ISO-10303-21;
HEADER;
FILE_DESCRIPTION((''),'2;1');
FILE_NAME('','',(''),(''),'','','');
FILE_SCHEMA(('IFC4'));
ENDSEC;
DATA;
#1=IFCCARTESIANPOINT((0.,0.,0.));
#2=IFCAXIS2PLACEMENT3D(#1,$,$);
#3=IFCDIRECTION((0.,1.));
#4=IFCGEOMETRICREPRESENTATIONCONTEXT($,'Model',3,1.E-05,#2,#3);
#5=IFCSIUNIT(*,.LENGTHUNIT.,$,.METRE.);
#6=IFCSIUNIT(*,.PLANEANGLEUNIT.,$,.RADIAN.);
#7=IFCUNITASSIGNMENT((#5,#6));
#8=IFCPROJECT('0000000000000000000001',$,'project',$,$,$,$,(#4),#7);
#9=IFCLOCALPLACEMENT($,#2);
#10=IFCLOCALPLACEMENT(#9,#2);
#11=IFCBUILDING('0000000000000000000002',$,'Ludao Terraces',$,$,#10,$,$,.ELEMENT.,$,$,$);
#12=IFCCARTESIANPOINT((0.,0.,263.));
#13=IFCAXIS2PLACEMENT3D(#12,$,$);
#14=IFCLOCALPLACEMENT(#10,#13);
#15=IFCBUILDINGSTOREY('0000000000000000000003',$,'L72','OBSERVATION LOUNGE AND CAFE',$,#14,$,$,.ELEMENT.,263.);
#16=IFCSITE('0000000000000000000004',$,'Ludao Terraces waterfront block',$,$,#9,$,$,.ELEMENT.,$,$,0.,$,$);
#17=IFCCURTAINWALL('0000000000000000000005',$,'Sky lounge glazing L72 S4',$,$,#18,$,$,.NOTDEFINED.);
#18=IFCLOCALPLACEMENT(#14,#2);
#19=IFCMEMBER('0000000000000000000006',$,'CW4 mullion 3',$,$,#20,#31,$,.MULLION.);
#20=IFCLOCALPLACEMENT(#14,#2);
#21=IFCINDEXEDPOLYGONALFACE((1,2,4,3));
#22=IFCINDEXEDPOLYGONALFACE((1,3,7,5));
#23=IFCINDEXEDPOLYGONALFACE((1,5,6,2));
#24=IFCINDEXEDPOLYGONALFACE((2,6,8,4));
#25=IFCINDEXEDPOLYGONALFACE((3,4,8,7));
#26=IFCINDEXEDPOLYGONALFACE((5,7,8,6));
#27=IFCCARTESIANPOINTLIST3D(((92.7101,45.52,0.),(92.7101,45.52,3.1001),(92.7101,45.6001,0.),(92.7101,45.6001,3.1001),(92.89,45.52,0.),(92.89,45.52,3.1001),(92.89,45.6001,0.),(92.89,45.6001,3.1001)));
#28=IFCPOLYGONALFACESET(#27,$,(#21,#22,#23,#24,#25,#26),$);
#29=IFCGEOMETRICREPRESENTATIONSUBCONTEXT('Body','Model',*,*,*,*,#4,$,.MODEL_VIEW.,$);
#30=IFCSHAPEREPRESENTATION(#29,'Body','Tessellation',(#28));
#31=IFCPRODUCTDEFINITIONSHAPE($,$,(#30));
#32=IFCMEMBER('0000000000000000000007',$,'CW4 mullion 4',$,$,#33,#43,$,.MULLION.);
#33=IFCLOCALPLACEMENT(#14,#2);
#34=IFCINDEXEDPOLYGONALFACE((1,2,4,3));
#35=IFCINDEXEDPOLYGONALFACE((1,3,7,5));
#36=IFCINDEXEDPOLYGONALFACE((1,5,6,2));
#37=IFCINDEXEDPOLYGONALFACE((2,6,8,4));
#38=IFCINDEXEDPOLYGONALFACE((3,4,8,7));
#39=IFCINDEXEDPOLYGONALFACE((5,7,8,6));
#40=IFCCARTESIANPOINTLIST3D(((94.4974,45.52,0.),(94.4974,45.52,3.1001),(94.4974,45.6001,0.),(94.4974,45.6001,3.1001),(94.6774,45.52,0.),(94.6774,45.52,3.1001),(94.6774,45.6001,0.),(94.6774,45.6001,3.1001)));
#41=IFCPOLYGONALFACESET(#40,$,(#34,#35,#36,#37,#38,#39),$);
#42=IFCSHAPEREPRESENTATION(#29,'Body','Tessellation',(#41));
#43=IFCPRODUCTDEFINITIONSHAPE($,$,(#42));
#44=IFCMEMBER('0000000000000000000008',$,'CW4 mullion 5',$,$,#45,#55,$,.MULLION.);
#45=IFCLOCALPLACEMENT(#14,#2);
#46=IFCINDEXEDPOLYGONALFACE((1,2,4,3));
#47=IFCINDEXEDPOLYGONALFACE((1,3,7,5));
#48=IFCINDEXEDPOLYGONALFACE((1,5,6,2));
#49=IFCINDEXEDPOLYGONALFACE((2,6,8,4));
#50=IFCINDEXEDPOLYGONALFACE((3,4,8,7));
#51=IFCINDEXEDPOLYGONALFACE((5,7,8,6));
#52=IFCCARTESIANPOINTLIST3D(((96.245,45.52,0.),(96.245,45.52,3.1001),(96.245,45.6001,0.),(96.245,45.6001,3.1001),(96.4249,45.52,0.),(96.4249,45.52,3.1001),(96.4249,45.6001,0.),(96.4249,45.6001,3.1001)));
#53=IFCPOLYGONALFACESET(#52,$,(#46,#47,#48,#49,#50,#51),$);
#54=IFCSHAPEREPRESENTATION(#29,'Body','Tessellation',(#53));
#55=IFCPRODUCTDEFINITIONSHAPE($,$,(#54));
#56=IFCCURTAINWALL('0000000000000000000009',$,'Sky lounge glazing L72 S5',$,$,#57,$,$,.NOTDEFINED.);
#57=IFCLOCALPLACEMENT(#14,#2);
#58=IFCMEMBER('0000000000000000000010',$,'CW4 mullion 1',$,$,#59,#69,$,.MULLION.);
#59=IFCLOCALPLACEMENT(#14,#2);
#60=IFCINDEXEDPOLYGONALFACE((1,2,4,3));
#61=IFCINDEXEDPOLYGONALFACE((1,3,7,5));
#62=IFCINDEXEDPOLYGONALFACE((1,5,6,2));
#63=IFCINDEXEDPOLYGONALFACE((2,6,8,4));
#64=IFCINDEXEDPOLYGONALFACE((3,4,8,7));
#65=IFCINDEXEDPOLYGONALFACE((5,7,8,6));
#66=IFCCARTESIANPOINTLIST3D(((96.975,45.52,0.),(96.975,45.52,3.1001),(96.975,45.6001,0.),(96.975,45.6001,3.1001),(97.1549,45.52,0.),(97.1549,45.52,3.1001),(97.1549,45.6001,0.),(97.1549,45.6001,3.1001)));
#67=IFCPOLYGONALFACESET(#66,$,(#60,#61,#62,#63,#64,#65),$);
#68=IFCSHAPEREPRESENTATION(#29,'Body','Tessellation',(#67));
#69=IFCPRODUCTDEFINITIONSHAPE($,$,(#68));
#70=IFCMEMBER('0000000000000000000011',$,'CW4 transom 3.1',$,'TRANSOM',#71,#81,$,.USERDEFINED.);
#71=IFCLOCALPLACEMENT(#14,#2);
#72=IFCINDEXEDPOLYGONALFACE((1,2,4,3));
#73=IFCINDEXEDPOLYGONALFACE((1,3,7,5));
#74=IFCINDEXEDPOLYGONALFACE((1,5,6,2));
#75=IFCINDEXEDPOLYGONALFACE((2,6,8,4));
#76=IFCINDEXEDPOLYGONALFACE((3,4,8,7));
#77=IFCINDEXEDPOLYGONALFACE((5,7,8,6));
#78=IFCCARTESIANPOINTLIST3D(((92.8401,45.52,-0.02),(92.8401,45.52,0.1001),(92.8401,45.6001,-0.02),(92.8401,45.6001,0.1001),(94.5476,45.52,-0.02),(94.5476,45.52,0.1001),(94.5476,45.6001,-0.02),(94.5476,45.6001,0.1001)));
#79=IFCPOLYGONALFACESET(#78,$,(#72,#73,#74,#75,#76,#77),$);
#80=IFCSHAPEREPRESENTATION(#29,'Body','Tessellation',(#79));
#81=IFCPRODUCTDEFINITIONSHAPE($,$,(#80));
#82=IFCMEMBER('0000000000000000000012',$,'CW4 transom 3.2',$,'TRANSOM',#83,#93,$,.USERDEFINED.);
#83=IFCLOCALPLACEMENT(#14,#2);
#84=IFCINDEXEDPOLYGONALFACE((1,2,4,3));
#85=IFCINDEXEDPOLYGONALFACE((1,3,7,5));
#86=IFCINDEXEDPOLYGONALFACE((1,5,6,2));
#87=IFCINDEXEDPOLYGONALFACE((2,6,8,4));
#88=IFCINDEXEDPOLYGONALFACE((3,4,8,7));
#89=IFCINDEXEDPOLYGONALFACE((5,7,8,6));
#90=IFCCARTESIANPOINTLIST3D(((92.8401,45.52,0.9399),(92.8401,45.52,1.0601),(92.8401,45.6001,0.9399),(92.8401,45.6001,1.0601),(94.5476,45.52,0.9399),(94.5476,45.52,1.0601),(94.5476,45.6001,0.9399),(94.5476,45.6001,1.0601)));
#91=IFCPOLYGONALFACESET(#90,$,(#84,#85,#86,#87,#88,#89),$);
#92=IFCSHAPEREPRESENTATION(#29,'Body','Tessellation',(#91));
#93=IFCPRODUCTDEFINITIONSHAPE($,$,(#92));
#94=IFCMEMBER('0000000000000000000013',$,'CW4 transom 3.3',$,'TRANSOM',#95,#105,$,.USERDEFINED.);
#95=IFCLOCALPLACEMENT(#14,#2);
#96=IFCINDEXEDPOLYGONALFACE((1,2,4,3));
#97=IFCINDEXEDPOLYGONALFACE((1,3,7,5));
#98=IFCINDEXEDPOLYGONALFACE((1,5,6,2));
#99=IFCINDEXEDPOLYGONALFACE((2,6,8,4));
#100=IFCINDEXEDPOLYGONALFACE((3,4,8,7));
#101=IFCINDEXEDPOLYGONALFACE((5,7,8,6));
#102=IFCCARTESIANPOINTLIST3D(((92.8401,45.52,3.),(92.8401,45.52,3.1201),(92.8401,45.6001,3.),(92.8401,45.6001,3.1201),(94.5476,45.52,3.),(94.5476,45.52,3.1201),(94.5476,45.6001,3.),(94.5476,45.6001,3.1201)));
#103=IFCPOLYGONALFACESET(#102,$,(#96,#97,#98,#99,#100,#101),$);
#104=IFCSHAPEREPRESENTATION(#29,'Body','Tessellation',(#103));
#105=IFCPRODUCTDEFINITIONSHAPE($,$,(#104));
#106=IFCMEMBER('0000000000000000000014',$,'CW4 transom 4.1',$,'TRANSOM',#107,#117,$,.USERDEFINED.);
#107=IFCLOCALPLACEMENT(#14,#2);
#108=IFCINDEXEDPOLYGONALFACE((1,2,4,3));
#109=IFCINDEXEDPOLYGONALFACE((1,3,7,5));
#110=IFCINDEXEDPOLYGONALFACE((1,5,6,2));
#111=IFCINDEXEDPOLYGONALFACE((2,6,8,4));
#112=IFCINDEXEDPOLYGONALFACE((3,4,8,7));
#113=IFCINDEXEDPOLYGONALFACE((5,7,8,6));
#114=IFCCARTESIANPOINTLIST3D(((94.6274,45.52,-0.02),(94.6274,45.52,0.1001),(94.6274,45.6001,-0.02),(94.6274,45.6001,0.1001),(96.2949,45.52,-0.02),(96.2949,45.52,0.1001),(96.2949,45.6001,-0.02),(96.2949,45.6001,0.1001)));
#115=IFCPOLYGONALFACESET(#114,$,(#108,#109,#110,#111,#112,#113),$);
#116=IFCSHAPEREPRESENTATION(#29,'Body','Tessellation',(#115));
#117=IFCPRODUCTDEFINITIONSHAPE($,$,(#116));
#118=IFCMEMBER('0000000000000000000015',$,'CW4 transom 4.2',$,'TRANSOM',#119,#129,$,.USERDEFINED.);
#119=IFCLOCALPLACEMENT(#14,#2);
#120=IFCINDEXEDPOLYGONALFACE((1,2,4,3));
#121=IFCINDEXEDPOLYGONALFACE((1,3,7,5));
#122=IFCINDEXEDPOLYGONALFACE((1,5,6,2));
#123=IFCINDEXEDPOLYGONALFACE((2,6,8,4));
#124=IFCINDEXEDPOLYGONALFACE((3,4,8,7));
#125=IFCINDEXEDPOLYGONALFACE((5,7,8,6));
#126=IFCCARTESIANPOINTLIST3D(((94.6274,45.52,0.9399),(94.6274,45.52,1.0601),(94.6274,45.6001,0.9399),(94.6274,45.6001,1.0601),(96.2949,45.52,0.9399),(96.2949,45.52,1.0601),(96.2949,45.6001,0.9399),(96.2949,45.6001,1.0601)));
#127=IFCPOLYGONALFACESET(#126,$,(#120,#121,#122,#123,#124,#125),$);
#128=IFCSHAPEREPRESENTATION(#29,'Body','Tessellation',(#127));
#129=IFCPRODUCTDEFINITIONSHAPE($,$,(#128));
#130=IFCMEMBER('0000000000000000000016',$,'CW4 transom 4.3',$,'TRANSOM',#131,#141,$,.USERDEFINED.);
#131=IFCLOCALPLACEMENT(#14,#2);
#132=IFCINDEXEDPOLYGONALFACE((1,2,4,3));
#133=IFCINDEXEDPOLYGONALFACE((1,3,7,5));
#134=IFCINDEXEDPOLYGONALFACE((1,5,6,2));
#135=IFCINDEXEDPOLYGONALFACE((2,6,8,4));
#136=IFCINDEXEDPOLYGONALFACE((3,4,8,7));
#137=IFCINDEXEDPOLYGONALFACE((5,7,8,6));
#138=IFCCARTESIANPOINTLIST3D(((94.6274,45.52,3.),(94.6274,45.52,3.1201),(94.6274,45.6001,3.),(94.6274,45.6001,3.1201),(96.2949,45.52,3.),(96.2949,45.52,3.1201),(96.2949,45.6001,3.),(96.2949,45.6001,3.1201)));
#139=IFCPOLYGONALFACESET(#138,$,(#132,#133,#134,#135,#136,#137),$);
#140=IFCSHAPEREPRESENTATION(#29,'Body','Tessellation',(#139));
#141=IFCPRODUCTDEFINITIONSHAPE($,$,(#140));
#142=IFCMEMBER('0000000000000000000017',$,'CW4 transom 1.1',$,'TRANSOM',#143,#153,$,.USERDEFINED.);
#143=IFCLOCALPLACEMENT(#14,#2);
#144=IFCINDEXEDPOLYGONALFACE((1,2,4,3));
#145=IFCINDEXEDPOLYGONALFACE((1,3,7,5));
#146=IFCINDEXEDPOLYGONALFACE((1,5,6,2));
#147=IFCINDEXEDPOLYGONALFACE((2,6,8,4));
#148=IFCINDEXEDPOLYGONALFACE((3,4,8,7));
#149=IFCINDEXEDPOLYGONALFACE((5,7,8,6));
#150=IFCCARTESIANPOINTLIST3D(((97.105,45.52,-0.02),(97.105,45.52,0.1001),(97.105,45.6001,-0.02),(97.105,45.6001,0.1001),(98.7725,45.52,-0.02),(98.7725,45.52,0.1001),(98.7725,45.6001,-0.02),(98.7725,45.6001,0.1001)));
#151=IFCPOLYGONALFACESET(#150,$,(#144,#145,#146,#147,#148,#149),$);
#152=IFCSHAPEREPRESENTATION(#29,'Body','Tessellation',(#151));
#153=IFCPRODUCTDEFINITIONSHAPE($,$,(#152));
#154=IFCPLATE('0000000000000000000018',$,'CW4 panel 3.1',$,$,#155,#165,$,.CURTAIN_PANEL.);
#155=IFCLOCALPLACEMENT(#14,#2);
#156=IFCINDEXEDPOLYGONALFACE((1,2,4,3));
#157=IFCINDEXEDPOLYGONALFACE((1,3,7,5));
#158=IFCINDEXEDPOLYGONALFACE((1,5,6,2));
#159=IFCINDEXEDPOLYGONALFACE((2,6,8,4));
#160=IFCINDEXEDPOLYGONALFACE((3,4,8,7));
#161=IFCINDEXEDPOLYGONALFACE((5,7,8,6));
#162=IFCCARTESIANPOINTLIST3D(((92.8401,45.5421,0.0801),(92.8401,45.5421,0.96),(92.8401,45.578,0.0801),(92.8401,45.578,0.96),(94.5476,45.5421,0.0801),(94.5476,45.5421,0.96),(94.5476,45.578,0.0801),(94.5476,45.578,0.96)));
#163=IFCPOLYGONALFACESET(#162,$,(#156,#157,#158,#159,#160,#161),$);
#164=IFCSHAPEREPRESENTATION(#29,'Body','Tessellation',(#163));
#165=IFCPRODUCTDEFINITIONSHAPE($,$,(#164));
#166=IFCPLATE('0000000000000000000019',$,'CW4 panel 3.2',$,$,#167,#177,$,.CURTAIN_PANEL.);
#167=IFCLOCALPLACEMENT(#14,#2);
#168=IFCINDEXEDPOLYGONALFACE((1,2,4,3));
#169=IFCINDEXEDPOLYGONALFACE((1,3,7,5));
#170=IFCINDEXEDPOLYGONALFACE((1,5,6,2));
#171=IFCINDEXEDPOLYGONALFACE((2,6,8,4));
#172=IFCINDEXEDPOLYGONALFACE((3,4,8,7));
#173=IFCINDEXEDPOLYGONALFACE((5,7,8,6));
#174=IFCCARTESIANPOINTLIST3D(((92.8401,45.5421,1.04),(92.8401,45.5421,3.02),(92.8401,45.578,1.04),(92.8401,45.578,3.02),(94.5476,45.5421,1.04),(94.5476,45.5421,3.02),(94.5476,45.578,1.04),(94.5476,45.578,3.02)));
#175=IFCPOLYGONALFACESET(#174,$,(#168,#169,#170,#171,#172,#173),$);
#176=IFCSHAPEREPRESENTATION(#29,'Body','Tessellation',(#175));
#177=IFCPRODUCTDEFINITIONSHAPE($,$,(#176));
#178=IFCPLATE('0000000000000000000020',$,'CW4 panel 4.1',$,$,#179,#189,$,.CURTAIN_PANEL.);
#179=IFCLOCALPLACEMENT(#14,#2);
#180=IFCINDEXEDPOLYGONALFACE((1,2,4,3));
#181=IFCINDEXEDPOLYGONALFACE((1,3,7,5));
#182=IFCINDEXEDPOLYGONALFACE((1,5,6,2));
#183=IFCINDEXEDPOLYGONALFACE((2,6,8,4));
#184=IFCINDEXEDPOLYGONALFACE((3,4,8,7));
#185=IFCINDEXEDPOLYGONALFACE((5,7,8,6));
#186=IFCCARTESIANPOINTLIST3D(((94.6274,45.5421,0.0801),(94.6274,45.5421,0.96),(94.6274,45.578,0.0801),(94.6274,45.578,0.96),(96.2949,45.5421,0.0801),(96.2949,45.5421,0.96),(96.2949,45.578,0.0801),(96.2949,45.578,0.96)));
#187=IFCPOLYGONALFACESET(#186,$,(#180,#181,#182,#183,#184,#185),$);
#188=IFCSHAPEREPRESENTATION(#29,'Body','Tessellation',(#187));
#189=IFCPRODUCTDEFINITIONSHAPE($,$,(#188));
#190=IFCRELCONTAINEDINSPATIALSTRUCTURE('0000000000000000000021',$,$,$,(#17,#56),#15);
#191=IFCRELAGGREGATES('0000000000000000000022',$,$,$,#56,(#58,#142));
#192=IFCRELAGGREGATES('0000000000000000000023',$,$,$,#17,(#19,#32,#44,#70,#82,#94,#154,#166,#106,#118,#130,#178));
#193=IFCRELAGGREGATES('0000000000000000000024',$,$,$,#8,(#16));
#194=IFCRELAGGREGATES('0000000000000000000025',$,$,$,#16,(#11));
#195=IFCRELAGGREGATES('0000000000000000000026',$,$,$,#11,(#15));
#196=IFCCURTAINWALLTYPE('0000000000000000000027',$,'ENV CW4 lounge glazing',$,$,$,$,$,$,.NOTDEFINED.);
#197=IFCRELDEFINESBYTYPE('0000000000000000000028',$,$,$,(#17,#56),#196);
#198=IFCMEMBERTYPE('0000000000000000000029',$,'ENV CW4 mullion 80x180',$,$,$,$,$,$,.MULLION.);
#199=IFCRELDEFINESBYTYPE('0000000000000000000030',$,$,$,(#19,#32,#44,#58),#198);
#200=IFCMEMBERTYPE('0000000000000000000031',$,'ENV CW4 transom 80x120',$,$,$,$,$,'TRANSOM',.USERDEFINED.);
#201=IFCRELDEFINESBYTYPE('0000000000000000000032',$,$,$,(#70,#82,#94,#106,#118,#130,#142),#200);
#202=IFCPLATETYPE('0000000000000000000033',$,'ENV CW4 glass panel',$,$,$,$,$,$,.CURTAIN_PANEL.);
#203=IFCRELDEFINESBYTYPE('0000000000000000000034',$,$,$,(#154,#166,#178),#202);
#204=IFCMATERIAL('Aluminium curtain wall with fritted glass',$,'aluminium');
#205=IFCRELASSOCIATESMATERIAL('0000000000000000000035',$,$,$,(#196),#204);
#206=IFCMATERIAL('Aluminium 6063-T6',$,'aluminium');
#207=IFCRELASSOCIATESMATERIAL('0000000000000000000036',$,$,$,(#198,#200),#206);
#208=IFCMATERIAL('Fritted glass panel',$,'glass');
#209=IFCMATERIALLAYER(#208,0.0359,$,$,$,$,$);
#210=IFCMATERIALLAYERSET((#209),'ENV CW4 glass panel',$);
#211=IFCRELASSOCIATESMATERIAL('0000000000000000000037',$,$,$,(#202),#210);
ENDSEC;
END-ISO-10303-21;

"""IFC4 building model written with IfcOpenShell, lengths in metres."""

from ifc_helpers import new_model, si_unit, direction, frame, origin, origin_2d, place, context, subcontext, project, spatial, rectangle, extrude, material, layer, layer_set, material_profile, profile_set, type_object, element, aggregate, save


model = new_model("IFC4")

# Units and contexts
model_context = context("Model", 3, precision=1e-05, world=origin(), true_north=direction((0.0, 1.0)))
body_context = subcontext(model_context, "Body", "Model", "MODEL_VIEW")
ifc_project = project(units=[si_unit("LENGTHUNIT", "METRE"), si_unit("PLANEANGLEUNIT", "RADIAN")], contexts=[model_context])

# Site, building, storey
site_placement = place(None, origin())
site = spatial("IfcSite", under=ifc_project, at=site_placement, Name="Ludao Terraces waterfront block", CompositionType="ELEMENT", RefElevation=0.0)
building_placement = place(site_placement, origin())
building = spatial("IfcBuilding", under=site, at=building_placement, Name="Ludao Terraces", CompositionType="ELEMENT")
storey_placement = place(building_placement, frame((0.0, 0.0, 263.0)))
storey = spatial("IfcBuildingStorey", under=building, at=storey_placement, Name="L72", Description="OBSERVATION LOUNGE AND CAFE", CompositionType="ELEMENT", Elevation=263.0)

# Curtain wall, members
ifc_material_1 = material(Name="Aluminium curtain wall with fritted glass", Category="aluminium")
curtain_wall_type = type_object("IfcCurtainWallType", Name="ENV CW4 lounge glazing", PredefinedType="NOTDEFINED", material=ifc_material_1)
curtain_wall_1_placement = place(storey_placement, origin())
curtain_wall_1 = element("IfcCurtainWall", 1, at=curtain_wall_1_placement, inside=storey, type_object=curtain_wall_type, Name="Sky lounge glazing L72 S4", PredefinedType="NOTDEFINED")
ifc_material_2 = material(Name="Aluminium 6063-T6", Category="aluminium")
ifc_material_profile_1 = material_profile(ifc_material_2, rectangle(XDim=0.0801, YDim=0.1799, at=origin_2d()), Name="80 X 180")
ifc_profile_set_1 = profile_set([ifc_material_profile_1], Name="Aluminium 6063-T6")
member_type_1 = type_object("IfcMemberType", Name="ENV CW4 mullion 80x180", PredefinedType="MULLION", material=ifc_profile_set_1)
member_1_placement = place(storey_placement, frame((92.8, 45.5601, 0.0), z_axis=(0.0, 0.0, 1.0), x_axis=(0.0, 1.0, 0.0)))
member_1 = element("IfcMember", 2, at=member_1_placement, type_object=member_type_1, Name="CW4 mullion 3", PredefinedType="MULLION", context=body_context, shape_type="SweptSolid", body=[
    extrude(rectangle(XDim=0.0801, YDim=0.1799, at=origin_2d()), origin(), (0.0, 0.0, 1.0), 3.1001),
])
member_2_placement = place(storey_placement, frame((94.5874, 45.5601, 0.0), z_axis=(0.0, 0.0, 1.0), x_axis=(0.0, 1.0, 0.0)))
member_2 = element("IfcMember", 3, at=member_2_placement, type_object=member_type_1, Name="CW4 mullion 4", PredefinedType="MULLION", context=body_context, shape_type="SweptSolid", body=[
    extrude(rectangle(XDim=0.0801, YDim=0.1799, at=origin_2d()), origin(), (0.0, 0.0, 1.0), 3.1001),
])
member_3_placement = place(storey_placement, frame((96.335, 45.5601, 0.0), z_axis=(0.0, 0.0, 1.0), x_axis=(0.0, 1.0, 0.0)))
member_3 = element("IfcMember", 4, at=member_3_placement, type_object=member_type_1, Name="CW4 mullion 5", PredefinedType="MULLION", context=body_context, shape_type="SweptSolid", body=[
    extrude(rectangle(XDim=0.0801, YDim=0.1799, at=origin_2d()), origin(), (0.0, 0.0, 1.0), 3.1001),
])

# Curtain wall, member
curtain_wall_2_placement = place(storey_placement, origin())
curtain_wall_2 = element("IfcCurtainWall", 5, at=curtain_wall_2_placement, inside=storey, type_object=curtain_wall_type, Name="Sky lounge glazing L72 S5", PredefinedType="NOTDEFINED")
member_4_placement = place(storey_placement, frame((97.0649, 45.5601, 0.0), z_axis=(0.0, 0.0, 1.0), x_axis=(0.0, 1.0, 0.0)))
member_4 = element("IfcMember", 6, at=member_4_placement, type_object=member_type_1, Name="CW4 mullion 1", PredefinedType="MULLION", context=body_context, shape_type="SweptSolid", body=[
    extrude(rectangle(XDim=0.0801, YDim=0.1799, at=origin_2d()), origin(), (0.0, 0.0, 1.0), 3.1001),
])

# Members
ifc_material_profile_2 = material_profile(ifc_material_2, rectangle(XDim=0.0801, YDim=0.1201, at=origin_2d()), Name="80 X 120")
ifc_profile_set_2 = profile_set([ifc_material_profile_2], Name="Aluminium 6063-T6")
member_type_2 = type_object("IfcMemberType", Name="ENV CW4 transom 80x120", ElementType="TRANSOM", PredefinedType="USERDEFINED", material=ifc_profile_set_2)
member_5_placement = place(storey_placement, frame((92.8401, 45.5601, 0.04), z_axis=(1.0, 0.0, 0.0), x_axis=(0.0, 1.0, 0.0)))
member_5 = element("IfcMember", 7, at=member_5_placement, type_object=member_type_2, Name="CW4 transom 3.1", ObjectType="TRANSOM", PredefinedType="USERDEFINED", context=body_context, shape_type="SweptSolid", body=[
    extrude(rectangle(XDim=0.0801, YDim=0.1201, at=origin_2d()), origin(), (0.0, 0.0, 1.0), 1.7075),
])
member_6_placement = place(storey_placement, frame((92.8401, 45.5601, 1.0), z_axis=(1.0, 0.0, 0.0), x_axis=(0.0, 1.0, 0.0)))
member_6 = element("IfcMember", 8, at=member_6_placement, type_object=member_type_2, Name="CW4 transom 3.2", ObjectType="TRANSOM", PredefinedType="USERDEFINED", context=body_context, shape_type="SweptSolid", body=[
    extrude(rectangle(XDim=0.0801, YDim=0.1201, at=origin_2d()), origin(), (0.0, 0.0, 1.0), 1.7075),
])
member_7_placement = place(storey_placement, frame((92.8401, 45.5601, 3.0601), z_axis=(1.0, 0.0, 0.0), x_axis=(0.0, 1.0, 0.0)))
member_7 = element("IfcMember", 9, at=member_7_placement, type_object=member_type_2, Name="CW4 transom 3.3", ObjectType="TRANSOM", PredefinedType="USERDEFINED", context=body_context, shape_type="SweptSolid", body=[
    extrude(rectangle(XDim=0.0801, YDim=0.1201, at=origin_2d()), origin(), (0.0, 0.0, 1.0), 1.7075),
])
member_8_placement = place(storey_placement, frame((94.6274, 45.5601, 0.04), z_axis=(1.0, 0.0, 0.0), x_axis=(0.0, 1.0, 0.0)))
member_8 = element("IfcMember", 10, at=member_8_placement, type_object=member_type_2, Name="CW4 transom 4.1", ObjectType="TRANSOM", PredefinedType="USERDEFINED", context=body_context, shape_type="SweptSolid", body=[
    extrude(rectangle(XDim=0.0801, YDim=0.1201, at=origin_2d()), origin(), (0.0, 0.0, 1.0), 1.6675),
])
member_9_placement = place(storey_placement, frame((94.6274, 45.5601, 1.0), z_axis=(1.0, 0.0, 0.0), x_axis=(0.0, 1.0, 0.0)))
member_9 = element("IfcMember", 11, at=member_9_placement, type_object=member_type_2, Name="CW4 transom 4.2", ObjectType="TRANSOM", PredefinedType="USERDEFINED", context=body_context, shape_type="SweptSolid", body=[
    extrude(rectangle(XDim=0.0801, YDim=0.1201, at=origin_2d()), origin(), (0.0, 0.0, 1.0), 1.6675),
])
member_10_placement = place(storey_placement, frame((94.6274, 45.5601, 3.0601), z_axis=(1.0, 0.0, 0.0), x_axis=(0.0, 1.0, 0.0)))
member_10 = element("IfcMember", 12, at=member_10_placement, type_object=member_type_2, Name="CW4 transom 4.3", ObjectType="TRANSOM", PredefinedType="USERDEFINED", context=body_context, shape_type="SweptSolid", body=[
    extrude(rectangle(XDim=0.0801, YDim=0.1201, at=origin_2d()), origin(), (0.0, 0.0, 1.0), 1.6675),
])
member_11_placement = place(storey_placement, frame((97.105, 45.5601, 0.04), z_axis=(1.0, 0.0, 0.0), x_axis=(0.0, 1.0, 0.0)))
member_11 = element("IfcMember", 13, at=member_11_placement, type_object=member_type_2, Name="CW4 transom 1.1", ObjectType="TRANSOM", PredefinedType="USERDEFINED", context=body_context, shape_type="SweptSolid", body=[
    extrude(rectangle(XDim=0.0801, YDim=0.1201, at=origin_2d()), origin(), (0.0, 0.0, 1.0), 1.6675),
])
aggregate(curtain_wall_2, [member_4, member_11])

# Plates
ifc_material_3 = material(Name="Fritted glass panel", Category="glass")
ifc_layer_1 = layer(ifc_material_3, 0.0359)
ifc_layer_set_1 = layer_set([ifc_layer_1], Name="ENV CW4 glass panel")
plate_type = type_object("IfcPlateType", Name="ENV CW4 glass panel", PredefinedType="CURTAIN_PANEL", material=ifc_layer_set_1)
plate_1_placement = place(storey_placement, frame((93.6938, 45.5601, 0.0801), z_axis=(0.0, 0.0, 1.0), x_axis=(1.0, 0.0, 0.0)))
plate_1 = element("IfcPlate", 14, at=plate_1_placement, type_object=plate_type, Name="CW4 panel 3.1", PredefinedType="CURTAIN_PANEL", context=body_context, shape_type="SweptSolid", body=[
    extrude(rectangle(XDim=1.7075, YDim=0.0359, at=origin_2d()), origin(), (0.0, 0.0, 1.0), 0.8799),
])
plate_2_placement = place(storey_placement, frame((93.6938, 45.5601, 1.04), z_axis=(0.0, 0.0, 1.0), x_axis=(1.0, 0.0, 0.0)))
plate_2 = element("IfcPlate", 15, at=plate_2_placement, type_object=plate_type, Name="CW4 panel 3.2", PredefinedType="CURTAIN_PANEL", context=body_context, shape_type="SweptSolid", body=[
    extrude(rectangle(XDim=1.7075, YDim=0.0359, at=origin_2d()), origin(), (0.0, 0.0, 1.0), 1.98),
])
plate_3_placement = place(storey_placement, frame((95.4612, 45.5601, 0.0801), z_axis=(0.0, 0.0, 1.0), x_axis=(1.0, 0.0, 0.0)))
plate_3 = element("IfcPlate", 16, at=plate_3_placement, type_object=plate_type, Name="CW4 panel 4.1", PredefinedType="CURTAIN_PANEL", context=body_context, shape_type="SweptSolid", body=[
    extrude(rectangle(XDim=1.6675, YDim=0.0359, at=origin_2d()), origin(), (0.0, 0.0, 1.0), 0.8799),
])
aggregate(curtain_wall_1, [member_1, member_2, member_3, member_5, member_6, member_7, plate_1, plate_2, member_8, member_9, member_10, plate_3])

save(model, "model.ifc")
